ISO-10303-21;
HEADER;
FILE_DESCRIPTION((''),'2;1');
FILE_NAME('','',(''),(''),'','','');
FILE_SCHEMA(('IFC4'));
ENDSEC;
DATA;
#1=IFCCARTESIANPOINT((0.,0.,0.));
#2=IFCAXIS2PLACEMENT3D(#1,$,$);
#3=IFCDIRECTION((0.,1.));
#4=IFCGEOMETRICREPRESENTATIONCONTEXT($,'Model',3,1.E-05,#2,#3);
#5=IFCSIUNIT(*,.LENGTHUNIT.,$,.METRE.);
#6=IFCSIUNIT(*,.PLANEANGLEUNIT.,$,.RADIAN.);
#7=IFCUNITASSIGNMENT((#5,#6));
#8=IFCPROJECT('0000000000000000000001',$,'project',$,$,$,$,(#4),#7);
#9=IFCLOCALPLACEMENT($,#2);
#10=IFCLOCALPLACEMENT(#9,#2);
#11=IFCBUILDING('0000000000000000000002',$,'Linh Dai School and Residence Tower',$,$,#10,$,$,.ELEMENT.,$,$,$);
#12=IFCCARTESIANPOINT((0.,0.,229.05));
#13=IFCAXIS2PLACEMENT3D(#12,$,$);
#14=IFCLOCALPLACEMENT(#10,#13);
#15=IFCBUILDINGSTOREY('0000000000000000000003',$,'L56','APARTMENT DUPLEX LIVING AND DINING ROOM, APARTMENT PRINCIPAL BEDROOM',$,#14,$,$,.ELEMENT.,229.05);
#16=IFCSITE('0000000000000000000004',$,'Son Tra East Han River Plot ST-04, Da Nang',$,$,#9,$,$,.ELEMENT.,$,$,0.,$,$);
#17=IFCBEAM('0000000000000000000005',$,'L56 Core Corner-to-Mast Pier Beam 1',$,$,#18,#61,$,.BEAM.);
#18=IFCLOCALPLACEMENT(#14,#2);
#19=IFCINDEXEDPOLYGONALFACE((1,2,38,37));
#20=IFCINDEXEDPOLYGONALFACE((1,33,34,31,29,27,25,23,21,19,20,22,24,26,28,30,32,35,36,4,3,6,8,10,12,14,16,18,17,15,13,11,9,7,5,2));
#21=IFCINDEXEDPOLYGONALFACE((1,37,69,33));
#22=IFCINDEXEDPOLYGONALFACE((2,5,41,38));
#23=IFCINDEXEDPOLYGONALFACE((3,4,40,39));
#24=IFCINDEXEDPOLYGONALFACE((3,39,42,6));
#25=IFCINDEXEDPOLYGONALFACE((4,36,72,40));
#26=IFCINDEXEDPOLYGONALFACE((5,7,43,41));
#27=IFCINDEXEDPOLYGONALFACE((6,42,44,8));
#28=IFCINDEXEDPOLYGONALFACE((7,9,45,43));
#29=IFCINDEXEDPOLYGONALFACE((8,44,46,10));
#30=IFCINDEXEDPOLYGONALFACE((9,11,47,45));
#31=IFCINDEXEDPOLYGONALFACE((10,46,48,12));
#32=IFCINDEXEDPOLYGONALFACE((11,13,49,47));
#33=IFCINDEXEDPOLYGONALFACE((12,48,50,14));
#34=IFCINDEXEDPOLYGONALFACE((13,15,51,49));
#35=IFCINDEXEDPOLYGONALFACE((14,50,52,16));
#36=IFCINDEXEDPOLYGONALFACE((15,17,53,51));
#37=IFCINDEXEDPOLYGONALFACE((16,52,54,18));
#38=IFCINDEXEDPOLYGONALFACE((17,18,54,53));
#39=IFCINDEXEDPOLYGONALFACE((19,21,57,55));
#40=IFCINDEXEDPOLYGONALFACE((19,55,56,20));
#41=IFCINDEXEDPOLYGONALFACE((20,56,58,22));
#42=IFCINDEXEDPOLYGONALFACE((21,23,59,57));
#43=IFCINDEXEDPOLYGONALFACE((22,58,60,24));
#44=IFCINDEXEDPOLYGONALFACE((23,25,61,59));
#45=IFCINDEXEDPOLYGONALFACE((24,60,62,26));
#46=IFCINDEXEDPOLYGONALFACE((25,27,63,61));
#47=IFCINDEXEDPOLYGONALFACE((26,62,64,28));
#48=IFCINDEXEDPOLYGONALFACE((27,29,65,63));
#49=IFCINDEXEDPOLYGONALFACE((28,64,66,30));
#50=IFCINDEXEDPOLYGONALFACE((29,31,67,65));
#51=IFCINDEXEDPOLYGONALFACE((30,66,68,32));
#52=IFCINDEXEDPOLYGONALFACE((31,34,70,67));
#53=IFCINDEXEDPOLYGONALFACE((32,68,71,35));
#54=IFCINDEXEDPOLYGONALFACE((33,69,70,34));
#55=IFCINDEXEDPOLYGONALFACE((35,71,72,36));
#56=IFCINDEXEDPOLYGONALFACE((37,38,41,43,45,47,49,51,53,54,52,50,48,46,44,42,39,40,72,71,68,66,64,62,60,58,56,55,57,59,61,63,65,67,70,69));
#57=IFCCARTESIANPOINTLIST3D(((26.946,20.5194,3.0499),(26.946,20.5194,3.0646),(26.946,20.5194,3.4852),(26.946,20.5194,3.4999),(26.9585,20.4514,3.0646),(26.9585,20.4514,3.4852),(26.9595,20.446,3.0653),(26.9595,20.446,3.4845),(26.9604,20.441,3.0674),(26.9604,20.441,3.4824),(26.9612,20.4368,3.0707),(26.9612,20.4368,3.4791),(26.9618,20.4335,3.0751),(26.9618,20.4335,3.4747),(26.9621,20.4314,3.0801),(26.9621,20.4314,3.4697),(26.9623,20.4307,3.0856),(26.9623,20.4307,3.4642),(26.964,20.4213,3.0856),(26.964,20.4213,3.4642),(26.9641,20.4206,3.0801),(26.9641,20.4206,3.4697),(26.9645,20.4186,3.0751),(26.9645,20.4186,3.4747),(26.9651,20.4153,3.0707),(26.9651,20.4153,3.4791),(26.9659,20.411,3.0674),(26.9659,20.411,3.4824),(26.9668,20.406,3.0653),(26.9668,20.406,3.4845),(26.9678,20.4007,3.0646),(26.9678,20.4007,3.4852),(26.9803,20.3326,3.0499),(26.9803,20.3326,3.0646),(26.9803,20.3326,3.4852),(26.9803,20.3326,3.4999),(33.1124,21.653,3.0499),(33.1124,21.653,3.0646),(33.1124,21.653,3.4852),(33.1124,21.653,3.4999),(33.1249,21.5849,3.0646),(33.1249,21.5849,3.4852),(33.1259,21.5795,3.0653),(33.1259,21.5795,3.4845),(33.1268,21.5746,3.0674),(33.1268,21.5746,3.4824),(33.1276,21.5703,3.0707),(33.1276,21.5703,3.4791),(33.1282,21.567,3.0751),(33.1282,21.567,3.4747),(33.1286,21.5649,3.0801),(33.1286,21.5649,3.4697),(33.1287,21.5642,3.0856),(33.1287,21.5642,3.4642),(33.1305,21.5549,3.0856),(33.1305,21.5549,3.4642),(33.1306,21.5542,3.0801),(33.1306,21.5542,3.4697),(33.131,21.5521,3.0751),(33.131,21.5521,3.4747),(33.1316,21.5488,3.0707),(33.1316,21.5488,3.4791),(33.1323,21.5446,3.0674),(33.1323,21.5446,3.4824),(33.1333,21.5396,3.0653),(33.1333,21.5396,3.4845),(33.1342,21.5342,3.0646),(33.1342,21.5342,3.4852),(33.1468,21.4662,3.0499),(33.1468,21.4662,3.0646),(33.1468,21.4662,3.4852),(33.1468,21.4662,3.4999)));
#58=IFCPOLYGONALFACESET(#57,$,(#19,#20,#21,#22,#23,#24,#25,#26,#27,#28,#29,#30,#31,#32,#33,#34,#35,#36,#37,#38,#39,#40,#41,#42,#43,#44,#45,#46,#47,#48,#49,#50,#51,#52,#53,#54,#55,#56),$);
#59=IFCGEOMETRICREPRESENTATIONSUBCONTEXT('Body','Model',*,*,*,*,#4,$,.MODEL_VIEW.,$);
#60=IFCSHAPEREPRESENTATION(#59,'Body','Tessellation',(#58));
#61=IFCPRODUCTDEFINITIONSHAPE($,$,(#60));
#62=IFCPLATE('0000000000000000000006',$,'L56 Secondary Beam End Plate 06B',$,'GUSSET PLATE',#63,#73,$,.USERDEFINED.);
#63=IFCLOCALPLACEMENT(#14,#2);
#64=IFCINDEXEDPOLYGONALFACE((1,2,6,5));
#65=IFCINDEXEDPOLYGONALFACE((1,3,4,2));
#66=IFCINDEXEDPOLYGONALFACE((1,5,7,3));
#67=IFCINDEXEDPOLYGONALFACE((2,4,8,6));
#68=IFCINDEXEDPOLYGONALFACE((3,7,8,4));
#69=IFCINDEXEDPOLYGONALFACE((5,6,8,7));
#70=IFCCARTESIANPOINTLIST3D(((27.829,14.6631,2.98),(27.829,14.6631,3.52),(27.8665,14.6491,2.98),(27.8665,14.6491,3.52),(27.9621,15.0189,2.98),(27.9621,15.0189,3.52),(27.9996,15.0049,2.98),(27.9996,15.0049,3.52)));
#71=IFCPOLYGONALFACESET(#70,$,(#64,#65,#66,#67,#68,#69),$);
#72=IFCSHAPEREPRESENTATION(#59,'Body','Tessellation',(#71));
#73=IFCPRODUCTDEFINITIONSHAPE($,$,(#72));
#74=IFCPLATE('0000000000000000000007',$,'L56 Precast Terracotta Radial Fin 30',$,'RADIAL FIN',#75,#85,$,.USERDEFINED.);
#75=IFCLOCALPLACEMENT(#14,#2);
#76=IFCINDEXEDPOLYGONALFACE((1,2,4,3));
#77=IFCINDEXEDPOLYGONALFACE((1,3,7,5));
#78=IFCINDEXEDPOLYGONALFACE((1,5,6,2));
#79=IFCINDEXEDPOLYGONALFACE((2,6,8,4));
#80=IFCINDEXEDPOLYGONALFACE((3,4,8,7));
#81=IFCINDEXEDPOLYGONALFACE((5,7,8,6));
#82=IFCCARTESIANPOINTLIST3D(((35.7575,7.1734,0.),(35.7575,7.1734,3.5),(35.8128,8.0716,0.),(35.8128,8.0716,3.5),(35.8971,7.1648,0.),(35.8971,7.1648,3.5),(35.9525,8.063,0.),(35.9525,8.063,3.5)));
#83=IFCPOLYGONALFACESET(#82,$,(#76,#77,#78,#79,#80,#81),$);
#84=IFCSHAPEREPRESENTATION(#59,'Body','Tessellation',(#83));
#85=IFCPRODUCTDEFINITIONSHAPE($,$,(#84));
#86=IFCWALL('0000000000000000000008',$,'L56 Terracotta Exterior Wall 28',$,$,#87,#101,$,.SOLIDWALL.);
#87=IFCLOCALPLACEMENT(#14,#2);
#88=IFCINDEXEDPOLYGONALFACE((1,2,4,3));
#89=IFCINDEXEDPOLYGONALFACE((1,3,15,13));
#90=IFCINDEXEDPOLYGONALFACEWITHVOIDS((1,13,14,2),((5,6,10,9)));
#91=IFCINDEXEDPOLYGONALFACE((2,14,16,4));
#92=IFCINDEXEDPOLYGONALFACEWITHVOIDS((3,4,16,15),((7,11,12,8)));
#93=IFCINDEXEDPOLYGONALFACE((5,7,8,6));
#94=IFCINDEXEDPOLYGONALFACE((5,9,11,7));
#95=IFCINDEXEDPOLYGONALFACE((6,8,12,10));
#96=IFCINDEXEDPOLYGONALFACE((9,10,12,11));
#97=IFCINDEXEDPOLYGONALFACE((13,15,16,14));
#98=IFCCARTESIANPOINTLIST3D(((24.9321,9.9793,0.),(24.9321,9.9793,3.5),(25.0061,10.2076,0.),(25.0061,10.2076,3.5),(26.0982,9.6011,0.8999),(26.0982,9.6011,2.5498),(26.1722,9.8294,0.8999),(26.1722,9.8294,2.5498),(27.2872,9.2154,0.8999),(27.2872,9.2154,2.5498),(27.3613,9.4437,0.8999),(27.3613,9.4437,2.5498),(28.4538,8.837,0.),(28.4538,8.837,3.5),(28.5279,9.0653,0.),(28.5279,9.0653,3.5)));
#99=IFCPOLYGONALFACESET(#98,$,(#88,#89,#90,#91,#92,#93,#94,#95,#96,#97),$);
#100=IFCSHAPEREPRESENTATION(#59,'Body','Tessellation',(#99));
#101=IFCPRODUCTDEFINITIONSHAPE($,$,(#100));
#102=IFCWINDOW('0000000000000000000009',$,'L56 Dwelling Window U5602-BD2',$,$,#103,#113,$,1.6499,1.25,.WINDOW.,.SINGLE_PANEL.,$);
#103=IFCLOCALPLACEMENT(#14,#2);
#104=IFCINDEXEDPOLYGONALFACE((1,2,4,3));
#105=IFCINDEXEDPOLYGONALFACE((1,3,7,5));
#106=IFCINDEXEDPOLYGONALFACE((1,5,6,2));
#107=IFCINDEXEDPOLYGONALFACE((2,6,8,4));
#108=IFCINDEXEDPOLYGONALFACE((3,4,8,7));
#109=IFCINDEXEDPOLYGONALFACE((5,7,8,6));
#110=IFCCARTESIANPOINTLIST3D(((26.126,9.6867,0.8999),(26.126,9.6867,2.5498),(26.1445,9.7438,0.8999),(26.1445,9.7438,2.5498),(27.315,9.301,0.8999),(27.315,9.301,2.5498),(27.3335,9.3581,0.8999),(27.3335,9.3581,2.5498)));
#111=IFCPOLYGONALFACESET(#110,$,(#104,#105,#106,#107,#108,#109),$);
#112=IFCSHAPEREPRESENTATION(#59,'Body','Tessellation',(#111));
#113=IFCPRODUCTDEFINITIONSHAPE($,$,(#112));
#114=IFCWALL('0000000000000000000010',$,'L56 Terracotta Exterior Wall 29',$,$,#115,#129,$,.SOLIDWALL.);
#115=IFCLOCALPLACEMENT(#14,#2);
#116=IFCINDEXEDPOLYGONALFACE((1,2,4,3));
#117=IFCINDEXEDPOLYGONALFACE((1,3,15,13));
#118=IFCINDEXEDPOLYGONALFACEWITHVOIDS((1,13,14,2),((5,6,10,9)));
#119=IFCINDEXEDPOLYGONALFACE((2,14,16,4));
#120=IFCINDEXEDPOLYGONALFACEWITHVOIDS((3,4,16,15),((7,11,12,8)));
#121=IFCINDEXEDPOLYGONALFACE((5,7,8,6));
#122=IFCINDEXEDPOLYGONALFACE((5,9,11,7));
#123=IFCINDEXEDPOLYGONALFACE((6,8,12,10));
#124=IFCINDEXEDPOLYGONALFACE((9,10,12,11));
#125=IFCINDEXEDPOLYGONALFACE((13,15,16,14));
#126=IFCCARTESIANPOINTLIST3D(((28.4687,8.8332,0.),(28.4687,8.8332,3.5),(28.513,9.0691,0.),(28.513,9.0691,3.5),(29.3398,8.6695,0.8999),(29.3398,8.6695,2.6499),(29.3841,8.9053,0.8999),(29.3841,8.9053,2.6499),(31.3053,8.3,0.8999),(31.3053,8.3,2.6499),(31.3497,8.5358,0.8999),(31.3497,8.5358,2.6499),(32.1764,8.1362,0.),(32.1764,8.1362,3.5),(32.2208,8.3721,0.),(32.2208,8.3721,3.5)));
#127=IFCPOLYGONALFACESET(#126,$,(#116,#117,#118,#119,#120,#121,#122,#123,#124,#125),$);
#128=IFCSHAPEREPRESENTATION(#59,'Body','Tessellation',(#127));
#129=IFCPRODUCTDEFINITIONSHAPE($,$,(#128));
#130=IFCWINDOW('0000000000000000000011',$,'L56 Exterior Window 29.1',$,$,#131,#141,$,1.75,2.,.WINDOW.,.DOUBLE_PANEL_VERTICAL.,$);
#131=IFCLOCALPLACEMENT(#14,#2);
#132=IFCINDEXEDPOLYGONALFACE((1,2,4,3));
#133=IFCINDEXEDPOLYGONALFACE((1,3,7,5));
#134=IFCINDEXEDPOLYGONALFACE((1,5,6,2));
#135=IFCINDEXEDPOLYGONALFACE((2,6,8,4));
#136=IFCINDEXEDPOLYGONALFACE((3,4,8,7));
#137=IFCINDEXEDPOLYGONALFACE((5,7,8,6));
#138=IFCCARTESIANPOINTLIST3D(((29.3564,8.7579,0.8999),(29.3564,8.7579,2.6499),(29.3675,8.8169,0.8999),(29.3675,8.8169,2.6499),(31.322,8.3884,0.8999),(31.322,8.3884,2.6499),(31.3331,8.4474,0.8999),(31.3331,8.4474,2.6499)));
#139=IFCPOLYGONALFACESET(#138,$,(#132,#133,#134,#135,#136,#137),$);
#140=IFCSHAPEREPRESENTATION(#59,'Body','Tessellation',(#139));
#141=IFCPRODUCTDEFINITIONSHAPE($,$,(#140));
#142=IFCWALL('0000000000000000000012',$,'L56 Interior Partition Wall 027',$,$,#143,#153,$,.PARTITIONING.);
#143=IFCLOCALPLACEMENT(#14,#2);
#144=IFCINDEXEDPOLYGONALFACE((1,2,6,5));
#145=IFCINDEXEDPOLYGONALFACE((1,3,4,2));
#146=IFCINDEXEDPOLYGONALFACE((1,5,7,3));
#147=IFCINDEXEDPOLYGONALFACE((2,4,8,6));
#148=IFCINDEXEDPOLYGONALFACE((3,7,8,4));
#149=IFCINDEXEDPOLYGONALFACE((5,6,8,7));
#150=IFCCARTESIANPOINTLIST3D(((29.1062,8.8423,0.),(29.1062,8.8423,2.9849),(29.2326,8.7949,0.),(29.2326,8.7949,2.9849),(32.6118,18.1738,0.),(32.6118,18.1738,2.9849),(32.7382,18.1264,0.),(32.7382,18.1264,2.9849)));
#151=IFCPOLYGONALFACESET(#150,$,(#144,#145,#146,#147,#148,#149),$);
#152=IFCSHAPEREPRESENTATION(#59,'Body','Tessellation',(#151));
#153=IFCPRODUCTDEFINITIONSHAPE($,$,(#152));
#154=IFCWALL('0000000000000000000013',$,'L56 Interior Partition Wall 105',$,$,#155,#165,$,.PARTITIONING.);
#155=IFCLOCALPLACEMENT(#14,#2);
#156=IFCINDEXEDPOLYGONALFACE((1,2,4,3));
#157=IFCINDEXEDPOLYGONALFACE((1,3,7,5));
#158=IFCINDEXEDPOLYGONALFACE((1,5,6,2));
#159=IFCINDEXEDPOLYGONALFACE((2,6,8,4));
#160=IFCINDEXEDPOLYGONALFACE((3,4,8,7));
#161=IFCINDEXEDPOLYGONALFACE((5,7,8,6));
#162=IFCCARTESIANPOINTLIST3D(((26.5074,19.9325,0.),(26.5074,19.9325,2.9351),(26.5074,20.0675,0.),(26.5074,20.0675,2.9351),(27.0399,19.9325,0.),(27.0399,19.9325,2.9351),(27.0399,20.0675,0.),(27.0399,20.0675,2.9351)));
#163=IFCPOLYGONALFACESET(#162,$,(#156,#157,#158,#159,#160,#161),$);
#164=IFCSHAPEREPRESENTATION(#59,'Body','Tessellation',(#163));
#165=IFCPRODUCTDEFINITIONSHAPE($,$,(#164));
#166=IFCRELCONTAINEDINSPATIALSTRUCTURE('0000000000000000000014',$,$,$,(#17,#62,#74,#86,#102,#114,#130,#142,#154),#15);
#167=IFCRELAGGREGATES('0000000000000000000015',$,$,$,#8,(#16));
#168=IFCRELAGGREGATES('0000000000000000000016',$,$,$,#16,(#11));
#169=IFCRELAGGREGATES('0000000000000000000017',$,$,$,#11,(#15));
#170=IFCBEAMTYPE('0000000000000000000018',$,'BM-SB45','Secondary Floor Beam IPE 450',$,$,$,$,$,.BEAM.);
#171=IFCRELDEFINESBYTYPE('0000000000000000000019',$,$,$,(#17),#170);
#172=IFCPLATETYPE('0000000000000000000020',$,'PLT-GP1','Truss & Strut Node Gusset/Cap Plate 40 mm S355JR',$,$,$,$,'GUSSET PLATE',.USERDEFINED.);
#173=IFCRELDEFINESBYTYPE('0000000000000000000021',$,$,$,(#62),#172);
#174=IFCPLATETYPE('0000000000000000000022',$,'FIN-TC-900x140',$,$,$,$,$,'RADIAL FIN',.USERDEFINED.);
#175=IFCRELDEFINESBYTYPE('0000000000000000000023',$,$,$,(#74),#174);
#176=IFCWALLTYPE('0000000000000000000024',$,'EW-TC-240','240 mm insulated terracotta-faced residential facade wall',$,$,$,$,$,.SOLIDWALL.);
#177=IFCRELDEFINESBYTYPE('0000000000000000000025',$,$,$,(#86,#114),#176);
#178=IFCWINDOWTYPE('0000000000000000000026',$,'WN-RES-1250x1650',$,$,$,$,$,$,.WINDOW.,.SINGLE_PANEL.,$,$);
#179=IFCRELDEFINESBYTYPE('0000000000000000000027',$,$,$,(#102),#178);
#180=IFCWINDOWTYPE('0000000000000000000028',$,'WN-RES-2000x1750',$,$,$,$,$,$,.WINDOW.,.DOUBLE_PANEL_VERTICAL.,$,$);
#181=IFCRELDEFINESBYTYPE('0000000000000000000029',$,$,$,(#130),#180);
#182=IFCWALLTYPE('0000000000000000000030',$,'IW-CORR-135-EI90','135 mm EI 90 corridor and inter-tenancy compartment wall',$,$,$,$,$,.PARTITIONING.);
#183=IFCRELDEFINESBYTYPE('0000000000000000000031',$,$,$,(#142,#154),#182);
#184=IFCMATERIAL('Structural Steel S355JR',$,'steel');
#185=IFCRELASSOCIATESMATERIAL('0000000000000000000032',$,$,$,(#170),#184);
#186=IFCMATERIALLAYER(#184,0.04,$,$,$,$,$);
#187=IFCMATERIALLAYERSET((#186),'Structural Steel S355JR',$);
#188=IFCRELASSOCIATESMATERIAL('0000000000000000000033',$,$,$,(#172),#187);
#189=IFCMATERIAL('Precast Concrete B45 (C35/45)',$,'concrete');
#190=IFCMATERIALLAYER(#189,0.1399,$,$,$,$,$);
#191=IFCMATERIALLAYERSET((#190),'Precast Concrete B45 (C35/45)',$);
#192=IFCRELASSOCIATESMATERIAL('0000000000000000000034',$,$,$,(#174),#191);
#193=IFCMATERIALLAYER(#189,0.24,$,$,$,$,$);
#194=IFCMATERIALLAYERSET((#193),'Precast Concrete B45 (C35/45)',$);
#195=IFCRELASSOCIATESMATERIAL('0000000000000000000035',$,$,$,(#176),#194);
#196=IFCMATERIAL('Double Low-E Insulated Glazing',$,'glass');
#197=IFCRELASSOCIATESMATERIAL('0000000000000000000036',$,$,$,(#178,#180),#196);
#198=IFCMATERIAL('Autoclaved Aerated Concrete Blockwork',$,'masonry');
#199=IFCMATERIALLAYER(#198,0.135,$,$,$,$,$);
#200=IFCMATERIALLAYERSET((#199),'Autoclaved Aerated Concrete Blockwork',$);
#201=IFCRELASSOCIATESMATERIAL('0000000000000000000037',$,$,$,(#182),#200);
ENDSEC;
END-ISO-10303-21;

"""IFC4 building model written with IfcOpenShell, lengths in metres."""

from ifc_helpers import new_model, si_unit, direction, frame, frame_2d, origin, origin_2d, place, context, subcontext, project, spatial, rectangle, i_section, extrude, source, transform, mapped, material, layer, layer_set, material_profile, profile_set, type_object, element, fill, save


model = new_model("IFC4")

# Units and contexts
model_context = context("Model", 3, precision=1e-05, world=origin(), true_north=direction((0.0, 1.0)))
body_context = subcontext(model_context, "Body", "Model", "MODEL_VIEW")
ifc_project = project(units=[si_unit("LENGTHUNIT", "METRE"), si_unit("PLANEANGLEUNIT", "RADIAN")], contexts=[model_context])

# Site, building, storey
site_placement = place(None, origin())
site = spatial("IfcSite", under=ifc_project, at=site_placement, Name="Son Tra East Han River Plot ST-04, Da Nang", CompositionType="ELEMENT", RefElevation=0.0)
building_placement = place(site_placement, origin())
building = spatial("IfcBuilding", under=site, at=building_placement, Name="Linh Dai School and Residence Tower", CompositionType="ELEMENT")
storey_placement = place(building_placement, frame((0.0, 0.0, 229.05)))
storey = spatial("IfcBuildingStorey", under=building, at=storey_placement, Name="L56", Description="APARTMENT DUPLEX LIVING AND DINING ROOM, APARTMENT PRINCIPAL BEDROOM", CompositionType="ELEMENT", Elevation=229.05)

# Beam
ifc_material_1 = material(Name="Structural Steel S355JR", Category="steel")
ifc_material_profile_1 = material_profile(ifc_material_1, i_section(OverallWidth=0.1899, OverallDepth=0.45, WebThickness=0.0095, FlangeThickness=0.0146, FilletRadius=0.021, at=origin_2d()), Name="IPE 450")
ifc_profile_set_1 = profile_set([ifc_material_profile_1], Name="Structural Steel S355JR")
beam_type_1 = type_object("IfcBeamType", Name="BM-SB45", Description="Secondary Floor Beam IPE 450", PredefinedType="BEAM", material=ifc_profile_set_1)
beam_1_placement = place(storey_placement, frame((26.9631, 20.426, 3.2749), z_axis=(0.983521, 0.180794, 0.0), x_axis=(-0.180794, 0.983521, 0.0)))
element("IfcBeam", 1, at=beam_1_placement, inside=storey, type_object=beam_type_1, Name="L56 Core Corner-to-Mast Pier Beam 1", PredefinedType="BEAM", context=body_context, shape_type="SweptSolid", body=[
    extrude(i_section(OverallWidth=0.1899, OverallDepth=0.45, WebThickness=0.0095, FlangeThickness=0.0146, FilletRadius=0.021, at=origin_2d()), origin(), (0.0, 0.0, 1.0), 6.2698),
])

# Plates
ifc_layer_1 = layer(ifc_material_1, 0.04)
ifc_layer_set_1 = layer_set([ifc_layer_1], Name="Structural Steel S355JR")
plate_type_1 = type_object("IfcPlateType", Name="PLT-GP1", Description="Truss & Strut Node Gusset/Cap Plate 40 mm S355JR", ElementType="GUSSET PLATE", PredefinedType="USERDEFINED", material=ifc_layer_set_1)
shared_shape_1 = source(origin(), body_context, "Body", "SweptSolid", [
    extrude(rectangle(XDim=0.04, YDim=0.3799, at=origin_2d()), origin(), (0.0, 0.0, 1.0), 0.54),
])
plate_1_placement = place(storey_placement, frame((27.9143, 14.834, 2.98), z_axis=(0.0, 0.0, 1.0), x_axis=(0.936534, -0.350577, 0.0)))
element("IfcPlate", 2, at=plate_1_placement, inside=storey, type_object=plate_type_1, Name="L56 Secondary Beam End Plate 06B", ObjectType="GUSSET PLATE", PredefinedType="USERDEFINED", context=body_context, shape_type="MappedRepresentation", body=[
    mapped(shared_shape_1, transform((0.0, 0.0, 0.0), x_axis=(1.0, 0.0, 0.0), y_axis=(0.0, 1.0, 0.0), z_axis=(0.0, 0.0, 1.0), scale=1.0)),
])
ifc_material_2 = material(Name="Precast Concrete B45 (C35/45)", Category="concrete")
ifc_layer_2 = layer(ifc_material_2, 0.1399)
ifc_layer_set_2 = layer_set([ifc_layer_2], Name="Precast Concrete B45 (C35/45)")
plate_type_2 = type_object("IfcPlateType", Name="FIN-TC-900x140", ElementType="RADIAL FIN", PredefinedType="USERDEFINED", material=ifc_layer_set_2)
shared_shape_2 = source(origin(), body_context, "Body", "SweptSolid", [
    extrude(rectangle(XDim=0.8999, YDim=0.1399, at=origin_2d()), origin(), (0.0, 0.0, 1.0), 3.5),
])
plate_2_placement = place(storey_placement, frame((35.855, 7.6182, 0.0), z_axis=(0.0, 0.0, 1.0), x_axis=(-0.061504, -0.998107, 0.0)))
element("IfcPlate", 3, at=plate_2_placement, inside=storey, type_object=plate_type_2, Name="L56 Precast Terracotta Radial Fin 30", ObjectType="RADIAL FIN", PredefinedType="USERDEFINED", context=body_context, shape_type="MappedRepresentation", body=[
    mapped(shared_shape_2, transform((0.0, 0.0, 0.0), x_axis=(1.0, 0.0, 0.0), y_axis=(0.0, 1.0, 0.0), z_axis=(0.0, 0.0, 1.0), scale=1.0)),
])

# Walls, openings, windows
ifc_layer_3 = layer(ifc_material_2, 0.24)
ifc_layer_set_3 = layer_set([ifc_layer_3], Name="Precast Concrete B45 (C35/45)")
wall_type_1 = type_object("IfcWallType", Name="EW-TC-240", Description="240 mm insulated terracotta-faced residential facade wall", PredefinedType="SOLIDWALL", material=ifc_layer_set_3)
wall_1_placement = place(storey_placement, frame((28.4907, 8.9512, 0.0), z_axis=(0.0, 0.0, 1.0), x_axis=(-0.951211, 0.308542, 0.0)))
wall_1 = element("IfcWall", 4, at=wall_1_placement, inside=storey, type_object=wall_type_1, Name="L56 Terracotta Exterior Wall 28", PredefinedType="SOLIDWALL", context=body_context, shape_type="SweptSolid", body=[
    extrude(rectangle(XDim=3.7024, YDim=0.24, at=frame_2d((1.8511, 0.0))), origin(), (0.0, 0.0, 1.0), 3.5),
])
opening_1_placement = place(wall_1_placement, frame((1.2263, 0.0, 0.8999)))
opening_1 = element("IfcOpeningElement", 5, at=opening_1_placement, cuts=wall_1, PredefinedType="OPENING", context=body_context, shape_type="SweptSolid", body=[
    extrude(rectangle(XDim=1.25, YDim=1.6499, at=origin_2d()), frame((0.625, 0.1299, 0.825), z_axis=(0.0, -1.0, 0.0), x_axis=(1.0, 0.0, 0.0)), (0.0, 0.0, 1.0), 0.26),
])
ifc_material_3 = material(Name="Double Low-E Insulated Glazing", Category="glass")
window_type_1 = type_object("IfcWindowType", Name="WN-RES-1250x1650", PartitioningType="SINGLE_PANEL", PredefinedType="WINDOW", material=ifc_material_3)
shared_shape_3 = source(origin(), body_context, "Body", "SweptSolid", [
    extrude(rectangle(XDim=1.25, YDim=1.6499, at=origin_2d()), frame((0.625, 0.03, 0.825), z_axis=(0.0, -1.0, 0.0), x_axis=(1.0, 0.0, 0.0)), (0.0, 0.0, 1.0), 0.0601),
])
window_1_placement = place(opening_1_placement, origin())
window_1 = element("IfcWindow", 6, at=window_1_placement, inside=storey, type_object=window_type_1, Name="L56 Dwelling Window U5602-BD2", OverallHeight=1.6499, OverallWidth=1.25, PartitioningType="SINGLE_PANEL", PredefinedType="WINDOW", context=body_context, shape_type="MappedRepresentation", body=[
    mapped(shared_shape_3, transform((0.0, 0.0, 0.0), x_axis=(1.0, 0.0, 0.0), y_axis=(0.0, 1.0, 0.0), z_axis=(0.0, 0.0, 1.0), scale=1.0)),
])
fill(opening_1, window_1)
wall_2_placement = place(storey_placement, frame((32.1985, 8.2542, 0.0), z_axis=(0.0, 0.0, 1.0), x_axis=(-0.982785, 0.184753, 0.0)))
wall_2 = element("IfcWall", 7, at=wall_2_placement, inside=storey, type_object=wall_type_1, Name="L56 Terracotta Exterior Wall 29", PredefinedType="SOLIDWALL", context=body_context, shape_type="SweptSolid", body=[
    extrude(rectangle(XDim=3.7727, YDim=0.24, at=frame_2d((1.8862, 0.0))), origin(), (0.0, 0.0, 1.0), 3.5),
])
opening_2_placement = place(wall_2_placement, frame((0.8862, 0.0, 0.8999)))
opening_2 = element("IfcOpeningElement", 8, at=opening_2_placement, cuts=wall_2, PredefinedType="OPENING", context=body_context, shape_type="SweptSolid", body=[
    extrude(rectangle(XDim=2.0, YDim=1.75, at=origin_2d()), frame((1.0, 0.1299, 0.875), z_axis=(0.0, -1.0, 0.0), x_axis=(1.0, 0.0, 0.0)), (0.0, 0.0, 1.0), 0.26),
])
window_type_2 = type_object("IfcWindowType", Name="WN-RES-2000x1750", PartitioningType="DOUBLE_PANEL_VERTICAL", PredefinedType="WINDOW", material=ifc_material_3)
shared_shape_4 = source(origin(), body_context, "Body", "SweptSolid", [
    extrude(rectangle(XDim=2.0, YDim=1.75, at=origin_2d()), frame((1.0, 0.03, 0.875), z_axis=(0.0, -1.0, 0.0), x_axis=(1.0, 0.0, 0.0)), (0.0, 0.0, 1.0), 0.0601),
])
window_2_placement = place(opening_2_placement, origin())
window_2 = element("IfcWindow", 9, at=window_2_placement, inside=storey, type_object=window_type_2, Name="L56 Exterior Window 29.1", OverallHeight=1.75, OverallWidth=2.0, PartitioningType="DOUBLE_PANEL_VERTICAL", PredefinedType="WINDOW", context=body_context, shape_type="MappedRepresentation", body=[
    mapped(shared_shape_4, transform((0.0, 0.0, 0.0), x_axis=(1.0, 0.0, 0.0), y_axis=(0.0, 1.0, 0.0), z_axis=(0.0, 0.0, 1.0), scale=1.0)),
])
fill(opening_2, window_2)

# Wall
ifc_material_4 = material(Name="Autoclaved Aerated Concrete Blockwork", Category="masonry")
ifc_layer_4 = layer(ifc_material_4, 0.135)
ifc_layer_set_4 = layer_set([ifc_layer_4], Name="Autoclaved Aerated Concrete Blockwork")
wall_type_2 = type_object("IfcWallType", Name="IW-CORR-135-EI90", Description="135 mm EI 90 corridor and inter-tenancy compartment wall", PredefinedType="PARTITIONING", material=ifc_layer_set_4)
wall_3_placement = place(storey_placement, frame((29.1694, 8.8186, 0.0), z_axis=(0.0, 0.0, 1.0), x_axis=(0.351676, 0.936122, 0.0)))
element("IfcWall", 10, at=wall_3_placement, inside=storey, type_object=wall_type_2, Name="L56 Interior Partition Wall 027", PredefinedType="PARTITIONING", context=body_context, shape_type="SweptSolid", body=[
    extrude(rectangle(XDim=9.9683, YDim=0.135, at=frame_2d((4.9841, 0.0))), origin(), (0.0, 0.0, 1.0), 2.9849),
])

# Wall
wall_4_placement = place(storey_placement, frame((26.5076, 20.0, 0.0), z_axis=(0.0, 0.0, 1.0), x_axis=(1.0, 0.0, 0.0)))
element("IfcWall", 11, at=wall_4_placement, inside=storey, type_object=wall_type_2, Name="L56 Interior Partition Wall 105", PredefinedType="PARTITIONING", context=body_context, shape_type="SweptSolid", body=[
    extrude(rectangle(XDim=0.5325, YDim=0.135, at=frame_2d((0.2661, 0.0))), origin(), (0.0, 0.0, 1.0), 2.9351),
])

save(model, "model.ifc")
